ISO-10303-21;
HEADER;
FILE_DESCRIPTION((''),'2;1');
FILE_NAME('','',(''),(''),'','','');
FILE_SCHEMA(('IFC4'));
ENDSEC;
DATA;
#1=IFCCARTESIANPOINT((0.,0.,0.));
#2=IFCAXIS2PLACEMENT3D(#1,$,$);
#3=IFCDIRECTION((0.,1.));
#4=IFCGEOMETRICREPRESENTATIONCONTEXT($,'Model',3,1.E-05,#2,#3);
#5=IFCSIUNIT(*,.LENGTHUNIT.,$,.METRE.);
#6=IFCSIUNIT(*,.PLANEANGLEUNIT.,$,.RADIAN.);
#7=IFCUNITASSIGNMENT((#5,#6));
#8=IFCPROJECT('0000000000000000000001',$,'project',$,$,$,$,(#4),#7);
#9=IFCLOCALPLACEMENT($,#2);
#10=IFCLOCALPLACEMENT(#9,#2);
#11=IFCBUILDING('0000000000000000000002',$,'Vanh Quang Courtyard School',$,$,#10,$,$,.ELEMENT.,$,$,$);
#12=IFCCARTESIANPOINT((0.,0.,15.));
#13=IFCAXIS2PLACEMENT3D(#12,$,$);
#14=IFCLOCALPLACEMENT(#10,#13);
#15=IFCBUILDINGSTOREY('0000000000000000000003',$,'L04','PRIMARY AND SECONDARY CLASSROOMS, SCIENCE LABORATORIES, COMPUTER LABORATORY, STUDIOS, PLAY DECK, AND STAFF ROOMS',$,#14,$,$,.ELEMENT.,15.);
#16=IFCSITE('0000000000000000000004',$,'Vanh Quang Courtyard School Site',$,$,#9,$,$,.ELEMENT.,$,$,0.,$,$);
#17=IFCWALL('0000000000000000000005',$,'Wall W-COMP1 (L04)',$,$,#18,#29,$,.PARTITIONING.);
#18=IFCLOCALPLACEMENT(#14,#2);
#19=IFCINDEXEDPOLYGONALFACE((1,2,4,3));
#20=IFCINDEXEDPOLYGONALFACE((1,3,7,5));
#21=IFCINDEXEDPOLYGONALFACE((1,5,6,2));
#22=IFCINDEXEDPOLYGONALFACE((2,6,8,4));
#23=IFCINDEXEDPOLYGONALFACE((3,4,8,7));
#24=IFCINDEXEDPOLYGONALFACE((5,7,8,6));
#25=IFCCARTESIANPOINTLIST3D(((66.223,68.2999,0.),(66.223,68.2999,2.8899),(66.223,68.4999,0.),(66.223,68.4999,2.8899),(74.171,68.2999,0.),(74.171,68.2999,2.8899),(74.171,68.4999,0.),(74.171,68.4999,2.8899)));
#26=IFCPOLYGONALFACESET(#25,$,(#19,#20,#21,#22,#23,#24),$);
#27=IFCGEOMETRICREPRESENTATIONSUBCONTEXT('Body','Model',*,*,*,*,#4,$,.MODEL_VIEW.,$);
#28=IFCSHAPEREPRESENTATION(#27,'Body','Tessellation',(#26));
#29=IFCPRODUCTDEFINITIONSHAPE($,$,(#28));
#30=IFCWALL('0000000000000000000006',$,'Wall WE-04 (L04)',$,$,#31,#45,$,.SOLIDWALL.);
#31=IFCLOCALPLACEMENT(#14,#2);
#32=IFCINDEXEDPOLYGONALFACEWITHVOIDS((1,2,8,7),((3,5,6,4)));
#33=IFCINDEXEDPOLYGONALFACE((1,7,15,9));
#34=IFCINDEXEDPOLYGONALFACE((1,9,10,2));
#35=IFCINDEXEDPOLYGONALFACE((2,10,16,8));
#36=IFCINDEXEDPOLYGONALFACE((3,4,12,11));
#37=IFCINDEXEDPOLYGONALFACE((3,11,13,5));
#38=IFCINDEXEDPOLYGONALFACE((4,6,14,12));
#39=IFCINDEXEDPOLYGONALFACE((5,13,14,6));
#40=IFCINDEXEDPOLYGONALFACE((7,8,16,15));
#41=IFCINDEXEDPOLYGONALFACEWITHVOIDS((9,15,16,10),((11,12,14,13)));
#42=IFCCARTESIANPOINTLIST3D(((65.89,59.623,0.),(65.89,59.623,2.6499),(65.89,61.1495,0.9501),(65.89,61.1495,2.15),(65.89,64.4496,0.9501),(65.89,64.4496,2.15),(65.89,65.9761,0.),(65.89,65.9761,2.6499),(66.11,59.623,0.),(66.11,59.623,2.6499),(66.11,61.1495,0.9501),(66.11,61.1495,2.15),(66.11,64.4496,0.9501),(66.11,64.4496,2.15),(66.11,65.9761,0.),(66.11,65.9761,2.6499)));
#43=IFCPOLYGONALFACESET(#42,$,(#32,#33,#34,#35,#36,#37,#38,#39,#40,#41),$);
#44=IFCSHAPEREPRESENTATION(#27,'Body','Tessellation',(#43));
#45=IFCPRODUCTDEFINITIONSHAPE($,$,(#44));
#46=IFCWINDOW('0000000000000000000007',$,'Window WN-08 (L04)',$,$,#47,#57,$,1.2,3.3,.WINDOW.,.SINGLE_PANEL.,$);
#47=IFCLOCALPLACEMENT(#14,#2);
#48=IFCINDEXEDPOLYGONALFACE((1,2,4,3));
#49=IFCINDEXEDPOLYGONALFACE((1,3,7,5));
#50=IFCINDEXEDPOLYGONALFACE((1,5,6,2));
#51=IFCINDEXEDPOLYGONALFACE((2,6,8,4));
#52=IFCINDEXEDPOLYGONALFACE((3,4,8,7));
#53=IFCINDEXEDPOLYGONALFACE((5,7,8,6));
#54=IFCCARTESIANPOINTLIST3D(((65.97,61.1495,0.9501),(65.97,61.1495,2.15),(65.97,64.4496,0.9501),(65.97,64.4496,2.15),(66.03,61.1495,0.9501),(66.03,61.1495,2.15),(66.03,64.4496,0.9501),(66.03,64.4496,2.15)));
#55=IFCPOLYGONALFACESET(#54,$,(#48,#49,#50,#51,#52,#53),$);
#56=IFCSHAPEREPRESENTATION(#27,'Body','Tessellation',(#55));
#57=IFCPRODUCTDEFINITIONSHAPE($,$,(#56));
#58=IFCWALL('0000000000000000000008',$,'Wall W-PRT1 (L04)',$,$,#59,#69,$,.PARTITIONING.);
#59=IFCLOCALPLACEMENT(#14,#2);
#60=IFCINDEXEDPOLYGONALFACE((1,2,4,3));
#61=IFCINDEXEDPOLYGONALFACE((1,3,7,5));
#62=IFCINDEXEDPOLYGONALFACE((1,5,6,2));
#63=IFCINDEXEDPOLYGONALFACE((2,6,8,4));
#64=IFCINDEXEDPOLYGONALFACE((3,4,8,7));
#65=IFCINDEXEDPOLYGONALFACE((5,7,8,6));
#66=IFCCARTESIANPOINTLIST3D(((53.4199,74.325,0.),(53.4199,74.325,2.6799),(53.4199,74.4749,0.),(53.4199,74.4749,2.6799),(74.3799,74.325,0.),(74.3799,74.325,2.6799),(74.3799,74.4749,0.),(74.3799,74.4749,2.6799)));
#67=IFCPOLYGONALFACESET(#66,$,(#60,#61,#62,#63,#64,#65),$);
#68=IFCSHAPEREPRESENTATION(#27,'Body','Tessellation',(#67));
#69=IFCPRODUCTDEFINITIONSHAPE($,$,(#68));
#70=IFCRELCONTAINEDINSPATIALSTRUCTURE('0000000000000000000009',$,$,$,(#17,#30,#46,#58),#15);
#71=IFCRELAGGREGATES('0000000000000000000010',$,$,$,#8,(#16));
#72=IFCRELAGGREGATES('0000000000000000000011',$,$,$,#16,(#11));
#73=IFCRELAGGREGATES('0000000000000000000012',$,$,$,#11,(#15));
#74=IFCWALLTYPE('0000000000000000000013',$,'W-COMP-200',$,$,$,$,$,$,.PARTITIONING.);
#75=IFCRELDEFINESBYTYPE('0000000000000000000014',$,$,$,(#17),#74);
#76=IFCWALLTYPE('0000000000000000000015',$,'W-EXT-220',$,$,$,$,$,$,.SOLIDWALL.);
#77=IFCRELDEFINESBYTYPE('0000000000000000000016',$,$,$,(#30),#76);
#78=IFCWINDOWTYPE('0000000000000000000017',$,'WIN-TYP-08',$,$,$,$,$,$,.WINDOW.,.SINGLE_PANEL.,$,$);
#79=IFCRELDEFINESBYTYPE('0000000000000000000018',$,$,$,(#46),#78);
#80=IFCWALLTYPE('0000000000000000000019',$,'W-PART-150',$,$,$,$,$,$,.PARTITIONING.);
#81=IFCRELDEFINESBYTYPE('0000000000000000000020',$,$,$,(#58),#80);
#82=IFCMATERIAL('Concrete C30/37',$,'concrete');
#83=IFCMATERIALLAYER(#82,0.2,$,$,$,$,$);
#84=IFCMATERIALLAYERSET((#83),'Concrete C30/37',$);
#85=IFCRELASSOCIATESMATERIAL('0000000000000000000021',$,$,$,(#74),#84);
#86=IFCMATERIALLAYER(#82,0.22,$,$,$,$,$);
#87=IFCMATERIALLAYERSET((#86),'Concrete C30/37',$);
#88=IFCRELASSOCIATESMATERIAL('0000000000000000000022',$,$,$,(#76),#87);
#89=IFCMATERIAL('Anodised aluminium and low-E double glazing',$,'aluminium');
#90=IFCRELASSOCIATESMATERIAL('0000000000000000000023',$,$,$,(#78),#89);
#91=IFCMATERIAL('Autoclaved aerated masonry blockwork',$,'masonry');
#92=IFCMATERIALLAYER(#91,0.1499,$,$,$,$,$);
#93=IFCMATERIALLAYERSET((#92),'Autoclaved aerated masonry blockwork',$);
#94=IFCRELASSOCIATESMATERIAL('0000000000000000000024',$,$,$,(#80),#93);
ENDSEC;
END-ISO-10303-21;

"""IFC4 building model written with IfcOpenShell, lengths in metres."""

from ifc_helpers import new_model, si_unit, direction, frame, frame_2d, origin, place, context, subcontext, project, spatial, rectangle, extrude, material, layer, layer_set, type_object, element, fill, save


model = new_model("IFC4")

# Units and contexts
model_context = context("Model", 3, precision=1e-05, world=origin(), true_north=direction((0.0, 1.0)))
body_context = subcontext(model_context, "Body", "Model", "MODEL_VIEW")
ifc_project = project(units=[si_unit("LENGTHUNIT", "METRE"), si_unit("PLANEANGLEUNIT", "RADIAN")], contexts=[model_context])

# Site, building, storey
site_placement = place(None, origin())
site = spatial("IfcSite", under=ifc_project, at=site_placement, Name="Vanh Quang Courtyard School Site", CompositionType="ELEMENT", RefElevation=0.0)
building_placement = place(site_placement, origin())
building = spatial("IfcBuilding", under=site, at=building_placement, Name="Vanh Quang Courtyard School", CompositionType="ELEMENT")
storey_placement = place(building_placement, frame((0.0, 0.0, 15.0)))
storey = spatial("IfcBuildingStorey", under=building, at=storey_placement, Name="L04", Description="PRIMARY AND SECONDARY CLASSROOMS, SCIENCE LABORATORIES, COMPUTER LABORATORY, STUDIOS, PLAY DECK, AND STAFF ROOMS", CompositionType="ELEMENT", Elevation=15.0)

# Shared definitions
ifc_material_1 = material(Name="Concrete C30/37", Category="concrete")

# Wall
ifc_layer_1 = layer(ifc_material_1, 0.2)
ifc_layer_set_1 = layer_set([ifc_layer_1], Name="Concrete C30/37")
wall_type_1 = type_object("IfcWallType", Name="W-COMP-200", PredefinedType="PARTITIONING", material=ifc_layer_set_1)
wall_1_placement = place(storey_placement, frame((66.2229, 68.3999, 0.0), z_axis=(0.0, 0.0, 1.0), x_axis=(1.0, 0.0, 0.0)))
element("IfcWall", 1, at=wall_1_placement, inside=storey, type_object=wall_type_1, Name="Wall W-COMP1 (L04)", PredefinedType="PARTITIONING", context=body_context, shape_type="SweptSolid", body=[
    extrude(rectangle(XDim=7.948, YDim=0.2, at=frame_2d((3.9741, 0.0))), origin(), (0.0, 0.0, 1.0), 2.8899),
])

# Wall, opening, window
ifc_layer_2 = layer(ifc_material_1, 0.22)
ifc_layer_set_2 = layer_set([ifc_layer_2], Name="Concrete C30/37")
wall_type_2 = type_object("IfcWallType", Name="W-EXT-220", PredefinedType="SOLIDWALL", material=ifc_layer_set_2)
wall_2_placement = place(storey_placement, frame((66.0, 59.623, 0.0), z_axis=(0.0, 0.0, 1.0), x_axis=(0.0, 1.0, 0.0)))
wall_2 = element("IfcWall", 2, at=wall_2_placement, inside=storey, type_object=wall_type_2, Name="Wall WE-04 (L04)", PredefinedType="SOLIDWALL", context=body_context, shape_type="SweptSolid", body=[
    extrude(rectangle(XDim=6.353, YDim=0.22, at=frame_2d((3.1765, 0.0))), origin(), (0.0, 0.0, 1.0), 2.6499),
])
opening_placement = place(wall_2_placement, frame((1.5266, 0.0, 0.95)))
opening = element("IfcOpeningElement", 3, at=opening_placement, cuts=wall_2, PredefinedType="OPENING", context=body_context, shape_type="SweptSolid", body=[
    extrude(rectangle(XDim=3.3, YDim=1.2, at=frame_2d((1.6499, 0.6001))), frame((0.0, 0.1201, 0.0), z_axis=(0.0, -1.0, 0.0), x_axis=(1.0, 0.0, 0.0)), (0.0, 0.0, 1.0), 0.24),
])
ifc_material_2 = material(Name="Anodised aluminium and low-E double glazing", Category="aluminium")
window_type = type_object("IfcWindowType", Name="WIN-TYP-08", PartitioningType="SINGLE_PANEL", PredefinedType="WINDOW", material=ifc_material_2)
window_placement = place(opening_placement, origin())
window = element("IfcWindow", 4, at=window_placement, inside=storey, type_object=window_type, Name="Window WN-08 (L04)", OverallHeight=1.2, OverallWidth=3.3, PartitioningType="SINGLE_PANEL", PredefinedType="WINDOW", context=body_context, shape_type="SweptSolid", body=[
    extrude(rectangle(XDim=3.3, YDim=1.2, at=frame_2d((1.6499, 0.6001))), frame((0.0, 0.03, 0.0), z_axis=(0.0, -1.0, 0.0), x_axis=(1.0, 0.0, 0.0)), (0.0, 0.0, 1.0), 0.0601),
])
fill(opening, window)

# Wall
ifc_material_3 = material(Name="Autoclaved aerated masonry blockwork", Category="masonry")
ifc_layer_3 = layer(ifc_material_3, 0.1499)
ifc_layer_set_3 = layer_set([ifc_layer_3], Name="Autoclaved aerated masonry blockwork")
wall_type_3 = type_object("IfcWallType", Name="W-PART-150", PredefinedType="PARTITIONING", material=ifc_layer_set_3)
wall_3_placement = place(storey_placement, frame((74.3799, 74.3999, 0.0), z_axis=(0.0, 0.0, 1.0), x_axis=(-1.0, 0.0, 0.0)))
element("IfcWall", 5, at=wall_3_placement, inside=storey, type_object=wall_type_3, Name="Wall W-PRT1 (L04)", PredefinedType="PARTITIONING", context=body_context, shape_type="SweptSolid", body=[
    extrude(rectangle(XDim=20.96, YDim=0.1499, at=frame_2d((10.48, 0.0))), origin(), (0.0, 0.0, 1.0), 2.6799),
])

save(model, "model.ifc")
